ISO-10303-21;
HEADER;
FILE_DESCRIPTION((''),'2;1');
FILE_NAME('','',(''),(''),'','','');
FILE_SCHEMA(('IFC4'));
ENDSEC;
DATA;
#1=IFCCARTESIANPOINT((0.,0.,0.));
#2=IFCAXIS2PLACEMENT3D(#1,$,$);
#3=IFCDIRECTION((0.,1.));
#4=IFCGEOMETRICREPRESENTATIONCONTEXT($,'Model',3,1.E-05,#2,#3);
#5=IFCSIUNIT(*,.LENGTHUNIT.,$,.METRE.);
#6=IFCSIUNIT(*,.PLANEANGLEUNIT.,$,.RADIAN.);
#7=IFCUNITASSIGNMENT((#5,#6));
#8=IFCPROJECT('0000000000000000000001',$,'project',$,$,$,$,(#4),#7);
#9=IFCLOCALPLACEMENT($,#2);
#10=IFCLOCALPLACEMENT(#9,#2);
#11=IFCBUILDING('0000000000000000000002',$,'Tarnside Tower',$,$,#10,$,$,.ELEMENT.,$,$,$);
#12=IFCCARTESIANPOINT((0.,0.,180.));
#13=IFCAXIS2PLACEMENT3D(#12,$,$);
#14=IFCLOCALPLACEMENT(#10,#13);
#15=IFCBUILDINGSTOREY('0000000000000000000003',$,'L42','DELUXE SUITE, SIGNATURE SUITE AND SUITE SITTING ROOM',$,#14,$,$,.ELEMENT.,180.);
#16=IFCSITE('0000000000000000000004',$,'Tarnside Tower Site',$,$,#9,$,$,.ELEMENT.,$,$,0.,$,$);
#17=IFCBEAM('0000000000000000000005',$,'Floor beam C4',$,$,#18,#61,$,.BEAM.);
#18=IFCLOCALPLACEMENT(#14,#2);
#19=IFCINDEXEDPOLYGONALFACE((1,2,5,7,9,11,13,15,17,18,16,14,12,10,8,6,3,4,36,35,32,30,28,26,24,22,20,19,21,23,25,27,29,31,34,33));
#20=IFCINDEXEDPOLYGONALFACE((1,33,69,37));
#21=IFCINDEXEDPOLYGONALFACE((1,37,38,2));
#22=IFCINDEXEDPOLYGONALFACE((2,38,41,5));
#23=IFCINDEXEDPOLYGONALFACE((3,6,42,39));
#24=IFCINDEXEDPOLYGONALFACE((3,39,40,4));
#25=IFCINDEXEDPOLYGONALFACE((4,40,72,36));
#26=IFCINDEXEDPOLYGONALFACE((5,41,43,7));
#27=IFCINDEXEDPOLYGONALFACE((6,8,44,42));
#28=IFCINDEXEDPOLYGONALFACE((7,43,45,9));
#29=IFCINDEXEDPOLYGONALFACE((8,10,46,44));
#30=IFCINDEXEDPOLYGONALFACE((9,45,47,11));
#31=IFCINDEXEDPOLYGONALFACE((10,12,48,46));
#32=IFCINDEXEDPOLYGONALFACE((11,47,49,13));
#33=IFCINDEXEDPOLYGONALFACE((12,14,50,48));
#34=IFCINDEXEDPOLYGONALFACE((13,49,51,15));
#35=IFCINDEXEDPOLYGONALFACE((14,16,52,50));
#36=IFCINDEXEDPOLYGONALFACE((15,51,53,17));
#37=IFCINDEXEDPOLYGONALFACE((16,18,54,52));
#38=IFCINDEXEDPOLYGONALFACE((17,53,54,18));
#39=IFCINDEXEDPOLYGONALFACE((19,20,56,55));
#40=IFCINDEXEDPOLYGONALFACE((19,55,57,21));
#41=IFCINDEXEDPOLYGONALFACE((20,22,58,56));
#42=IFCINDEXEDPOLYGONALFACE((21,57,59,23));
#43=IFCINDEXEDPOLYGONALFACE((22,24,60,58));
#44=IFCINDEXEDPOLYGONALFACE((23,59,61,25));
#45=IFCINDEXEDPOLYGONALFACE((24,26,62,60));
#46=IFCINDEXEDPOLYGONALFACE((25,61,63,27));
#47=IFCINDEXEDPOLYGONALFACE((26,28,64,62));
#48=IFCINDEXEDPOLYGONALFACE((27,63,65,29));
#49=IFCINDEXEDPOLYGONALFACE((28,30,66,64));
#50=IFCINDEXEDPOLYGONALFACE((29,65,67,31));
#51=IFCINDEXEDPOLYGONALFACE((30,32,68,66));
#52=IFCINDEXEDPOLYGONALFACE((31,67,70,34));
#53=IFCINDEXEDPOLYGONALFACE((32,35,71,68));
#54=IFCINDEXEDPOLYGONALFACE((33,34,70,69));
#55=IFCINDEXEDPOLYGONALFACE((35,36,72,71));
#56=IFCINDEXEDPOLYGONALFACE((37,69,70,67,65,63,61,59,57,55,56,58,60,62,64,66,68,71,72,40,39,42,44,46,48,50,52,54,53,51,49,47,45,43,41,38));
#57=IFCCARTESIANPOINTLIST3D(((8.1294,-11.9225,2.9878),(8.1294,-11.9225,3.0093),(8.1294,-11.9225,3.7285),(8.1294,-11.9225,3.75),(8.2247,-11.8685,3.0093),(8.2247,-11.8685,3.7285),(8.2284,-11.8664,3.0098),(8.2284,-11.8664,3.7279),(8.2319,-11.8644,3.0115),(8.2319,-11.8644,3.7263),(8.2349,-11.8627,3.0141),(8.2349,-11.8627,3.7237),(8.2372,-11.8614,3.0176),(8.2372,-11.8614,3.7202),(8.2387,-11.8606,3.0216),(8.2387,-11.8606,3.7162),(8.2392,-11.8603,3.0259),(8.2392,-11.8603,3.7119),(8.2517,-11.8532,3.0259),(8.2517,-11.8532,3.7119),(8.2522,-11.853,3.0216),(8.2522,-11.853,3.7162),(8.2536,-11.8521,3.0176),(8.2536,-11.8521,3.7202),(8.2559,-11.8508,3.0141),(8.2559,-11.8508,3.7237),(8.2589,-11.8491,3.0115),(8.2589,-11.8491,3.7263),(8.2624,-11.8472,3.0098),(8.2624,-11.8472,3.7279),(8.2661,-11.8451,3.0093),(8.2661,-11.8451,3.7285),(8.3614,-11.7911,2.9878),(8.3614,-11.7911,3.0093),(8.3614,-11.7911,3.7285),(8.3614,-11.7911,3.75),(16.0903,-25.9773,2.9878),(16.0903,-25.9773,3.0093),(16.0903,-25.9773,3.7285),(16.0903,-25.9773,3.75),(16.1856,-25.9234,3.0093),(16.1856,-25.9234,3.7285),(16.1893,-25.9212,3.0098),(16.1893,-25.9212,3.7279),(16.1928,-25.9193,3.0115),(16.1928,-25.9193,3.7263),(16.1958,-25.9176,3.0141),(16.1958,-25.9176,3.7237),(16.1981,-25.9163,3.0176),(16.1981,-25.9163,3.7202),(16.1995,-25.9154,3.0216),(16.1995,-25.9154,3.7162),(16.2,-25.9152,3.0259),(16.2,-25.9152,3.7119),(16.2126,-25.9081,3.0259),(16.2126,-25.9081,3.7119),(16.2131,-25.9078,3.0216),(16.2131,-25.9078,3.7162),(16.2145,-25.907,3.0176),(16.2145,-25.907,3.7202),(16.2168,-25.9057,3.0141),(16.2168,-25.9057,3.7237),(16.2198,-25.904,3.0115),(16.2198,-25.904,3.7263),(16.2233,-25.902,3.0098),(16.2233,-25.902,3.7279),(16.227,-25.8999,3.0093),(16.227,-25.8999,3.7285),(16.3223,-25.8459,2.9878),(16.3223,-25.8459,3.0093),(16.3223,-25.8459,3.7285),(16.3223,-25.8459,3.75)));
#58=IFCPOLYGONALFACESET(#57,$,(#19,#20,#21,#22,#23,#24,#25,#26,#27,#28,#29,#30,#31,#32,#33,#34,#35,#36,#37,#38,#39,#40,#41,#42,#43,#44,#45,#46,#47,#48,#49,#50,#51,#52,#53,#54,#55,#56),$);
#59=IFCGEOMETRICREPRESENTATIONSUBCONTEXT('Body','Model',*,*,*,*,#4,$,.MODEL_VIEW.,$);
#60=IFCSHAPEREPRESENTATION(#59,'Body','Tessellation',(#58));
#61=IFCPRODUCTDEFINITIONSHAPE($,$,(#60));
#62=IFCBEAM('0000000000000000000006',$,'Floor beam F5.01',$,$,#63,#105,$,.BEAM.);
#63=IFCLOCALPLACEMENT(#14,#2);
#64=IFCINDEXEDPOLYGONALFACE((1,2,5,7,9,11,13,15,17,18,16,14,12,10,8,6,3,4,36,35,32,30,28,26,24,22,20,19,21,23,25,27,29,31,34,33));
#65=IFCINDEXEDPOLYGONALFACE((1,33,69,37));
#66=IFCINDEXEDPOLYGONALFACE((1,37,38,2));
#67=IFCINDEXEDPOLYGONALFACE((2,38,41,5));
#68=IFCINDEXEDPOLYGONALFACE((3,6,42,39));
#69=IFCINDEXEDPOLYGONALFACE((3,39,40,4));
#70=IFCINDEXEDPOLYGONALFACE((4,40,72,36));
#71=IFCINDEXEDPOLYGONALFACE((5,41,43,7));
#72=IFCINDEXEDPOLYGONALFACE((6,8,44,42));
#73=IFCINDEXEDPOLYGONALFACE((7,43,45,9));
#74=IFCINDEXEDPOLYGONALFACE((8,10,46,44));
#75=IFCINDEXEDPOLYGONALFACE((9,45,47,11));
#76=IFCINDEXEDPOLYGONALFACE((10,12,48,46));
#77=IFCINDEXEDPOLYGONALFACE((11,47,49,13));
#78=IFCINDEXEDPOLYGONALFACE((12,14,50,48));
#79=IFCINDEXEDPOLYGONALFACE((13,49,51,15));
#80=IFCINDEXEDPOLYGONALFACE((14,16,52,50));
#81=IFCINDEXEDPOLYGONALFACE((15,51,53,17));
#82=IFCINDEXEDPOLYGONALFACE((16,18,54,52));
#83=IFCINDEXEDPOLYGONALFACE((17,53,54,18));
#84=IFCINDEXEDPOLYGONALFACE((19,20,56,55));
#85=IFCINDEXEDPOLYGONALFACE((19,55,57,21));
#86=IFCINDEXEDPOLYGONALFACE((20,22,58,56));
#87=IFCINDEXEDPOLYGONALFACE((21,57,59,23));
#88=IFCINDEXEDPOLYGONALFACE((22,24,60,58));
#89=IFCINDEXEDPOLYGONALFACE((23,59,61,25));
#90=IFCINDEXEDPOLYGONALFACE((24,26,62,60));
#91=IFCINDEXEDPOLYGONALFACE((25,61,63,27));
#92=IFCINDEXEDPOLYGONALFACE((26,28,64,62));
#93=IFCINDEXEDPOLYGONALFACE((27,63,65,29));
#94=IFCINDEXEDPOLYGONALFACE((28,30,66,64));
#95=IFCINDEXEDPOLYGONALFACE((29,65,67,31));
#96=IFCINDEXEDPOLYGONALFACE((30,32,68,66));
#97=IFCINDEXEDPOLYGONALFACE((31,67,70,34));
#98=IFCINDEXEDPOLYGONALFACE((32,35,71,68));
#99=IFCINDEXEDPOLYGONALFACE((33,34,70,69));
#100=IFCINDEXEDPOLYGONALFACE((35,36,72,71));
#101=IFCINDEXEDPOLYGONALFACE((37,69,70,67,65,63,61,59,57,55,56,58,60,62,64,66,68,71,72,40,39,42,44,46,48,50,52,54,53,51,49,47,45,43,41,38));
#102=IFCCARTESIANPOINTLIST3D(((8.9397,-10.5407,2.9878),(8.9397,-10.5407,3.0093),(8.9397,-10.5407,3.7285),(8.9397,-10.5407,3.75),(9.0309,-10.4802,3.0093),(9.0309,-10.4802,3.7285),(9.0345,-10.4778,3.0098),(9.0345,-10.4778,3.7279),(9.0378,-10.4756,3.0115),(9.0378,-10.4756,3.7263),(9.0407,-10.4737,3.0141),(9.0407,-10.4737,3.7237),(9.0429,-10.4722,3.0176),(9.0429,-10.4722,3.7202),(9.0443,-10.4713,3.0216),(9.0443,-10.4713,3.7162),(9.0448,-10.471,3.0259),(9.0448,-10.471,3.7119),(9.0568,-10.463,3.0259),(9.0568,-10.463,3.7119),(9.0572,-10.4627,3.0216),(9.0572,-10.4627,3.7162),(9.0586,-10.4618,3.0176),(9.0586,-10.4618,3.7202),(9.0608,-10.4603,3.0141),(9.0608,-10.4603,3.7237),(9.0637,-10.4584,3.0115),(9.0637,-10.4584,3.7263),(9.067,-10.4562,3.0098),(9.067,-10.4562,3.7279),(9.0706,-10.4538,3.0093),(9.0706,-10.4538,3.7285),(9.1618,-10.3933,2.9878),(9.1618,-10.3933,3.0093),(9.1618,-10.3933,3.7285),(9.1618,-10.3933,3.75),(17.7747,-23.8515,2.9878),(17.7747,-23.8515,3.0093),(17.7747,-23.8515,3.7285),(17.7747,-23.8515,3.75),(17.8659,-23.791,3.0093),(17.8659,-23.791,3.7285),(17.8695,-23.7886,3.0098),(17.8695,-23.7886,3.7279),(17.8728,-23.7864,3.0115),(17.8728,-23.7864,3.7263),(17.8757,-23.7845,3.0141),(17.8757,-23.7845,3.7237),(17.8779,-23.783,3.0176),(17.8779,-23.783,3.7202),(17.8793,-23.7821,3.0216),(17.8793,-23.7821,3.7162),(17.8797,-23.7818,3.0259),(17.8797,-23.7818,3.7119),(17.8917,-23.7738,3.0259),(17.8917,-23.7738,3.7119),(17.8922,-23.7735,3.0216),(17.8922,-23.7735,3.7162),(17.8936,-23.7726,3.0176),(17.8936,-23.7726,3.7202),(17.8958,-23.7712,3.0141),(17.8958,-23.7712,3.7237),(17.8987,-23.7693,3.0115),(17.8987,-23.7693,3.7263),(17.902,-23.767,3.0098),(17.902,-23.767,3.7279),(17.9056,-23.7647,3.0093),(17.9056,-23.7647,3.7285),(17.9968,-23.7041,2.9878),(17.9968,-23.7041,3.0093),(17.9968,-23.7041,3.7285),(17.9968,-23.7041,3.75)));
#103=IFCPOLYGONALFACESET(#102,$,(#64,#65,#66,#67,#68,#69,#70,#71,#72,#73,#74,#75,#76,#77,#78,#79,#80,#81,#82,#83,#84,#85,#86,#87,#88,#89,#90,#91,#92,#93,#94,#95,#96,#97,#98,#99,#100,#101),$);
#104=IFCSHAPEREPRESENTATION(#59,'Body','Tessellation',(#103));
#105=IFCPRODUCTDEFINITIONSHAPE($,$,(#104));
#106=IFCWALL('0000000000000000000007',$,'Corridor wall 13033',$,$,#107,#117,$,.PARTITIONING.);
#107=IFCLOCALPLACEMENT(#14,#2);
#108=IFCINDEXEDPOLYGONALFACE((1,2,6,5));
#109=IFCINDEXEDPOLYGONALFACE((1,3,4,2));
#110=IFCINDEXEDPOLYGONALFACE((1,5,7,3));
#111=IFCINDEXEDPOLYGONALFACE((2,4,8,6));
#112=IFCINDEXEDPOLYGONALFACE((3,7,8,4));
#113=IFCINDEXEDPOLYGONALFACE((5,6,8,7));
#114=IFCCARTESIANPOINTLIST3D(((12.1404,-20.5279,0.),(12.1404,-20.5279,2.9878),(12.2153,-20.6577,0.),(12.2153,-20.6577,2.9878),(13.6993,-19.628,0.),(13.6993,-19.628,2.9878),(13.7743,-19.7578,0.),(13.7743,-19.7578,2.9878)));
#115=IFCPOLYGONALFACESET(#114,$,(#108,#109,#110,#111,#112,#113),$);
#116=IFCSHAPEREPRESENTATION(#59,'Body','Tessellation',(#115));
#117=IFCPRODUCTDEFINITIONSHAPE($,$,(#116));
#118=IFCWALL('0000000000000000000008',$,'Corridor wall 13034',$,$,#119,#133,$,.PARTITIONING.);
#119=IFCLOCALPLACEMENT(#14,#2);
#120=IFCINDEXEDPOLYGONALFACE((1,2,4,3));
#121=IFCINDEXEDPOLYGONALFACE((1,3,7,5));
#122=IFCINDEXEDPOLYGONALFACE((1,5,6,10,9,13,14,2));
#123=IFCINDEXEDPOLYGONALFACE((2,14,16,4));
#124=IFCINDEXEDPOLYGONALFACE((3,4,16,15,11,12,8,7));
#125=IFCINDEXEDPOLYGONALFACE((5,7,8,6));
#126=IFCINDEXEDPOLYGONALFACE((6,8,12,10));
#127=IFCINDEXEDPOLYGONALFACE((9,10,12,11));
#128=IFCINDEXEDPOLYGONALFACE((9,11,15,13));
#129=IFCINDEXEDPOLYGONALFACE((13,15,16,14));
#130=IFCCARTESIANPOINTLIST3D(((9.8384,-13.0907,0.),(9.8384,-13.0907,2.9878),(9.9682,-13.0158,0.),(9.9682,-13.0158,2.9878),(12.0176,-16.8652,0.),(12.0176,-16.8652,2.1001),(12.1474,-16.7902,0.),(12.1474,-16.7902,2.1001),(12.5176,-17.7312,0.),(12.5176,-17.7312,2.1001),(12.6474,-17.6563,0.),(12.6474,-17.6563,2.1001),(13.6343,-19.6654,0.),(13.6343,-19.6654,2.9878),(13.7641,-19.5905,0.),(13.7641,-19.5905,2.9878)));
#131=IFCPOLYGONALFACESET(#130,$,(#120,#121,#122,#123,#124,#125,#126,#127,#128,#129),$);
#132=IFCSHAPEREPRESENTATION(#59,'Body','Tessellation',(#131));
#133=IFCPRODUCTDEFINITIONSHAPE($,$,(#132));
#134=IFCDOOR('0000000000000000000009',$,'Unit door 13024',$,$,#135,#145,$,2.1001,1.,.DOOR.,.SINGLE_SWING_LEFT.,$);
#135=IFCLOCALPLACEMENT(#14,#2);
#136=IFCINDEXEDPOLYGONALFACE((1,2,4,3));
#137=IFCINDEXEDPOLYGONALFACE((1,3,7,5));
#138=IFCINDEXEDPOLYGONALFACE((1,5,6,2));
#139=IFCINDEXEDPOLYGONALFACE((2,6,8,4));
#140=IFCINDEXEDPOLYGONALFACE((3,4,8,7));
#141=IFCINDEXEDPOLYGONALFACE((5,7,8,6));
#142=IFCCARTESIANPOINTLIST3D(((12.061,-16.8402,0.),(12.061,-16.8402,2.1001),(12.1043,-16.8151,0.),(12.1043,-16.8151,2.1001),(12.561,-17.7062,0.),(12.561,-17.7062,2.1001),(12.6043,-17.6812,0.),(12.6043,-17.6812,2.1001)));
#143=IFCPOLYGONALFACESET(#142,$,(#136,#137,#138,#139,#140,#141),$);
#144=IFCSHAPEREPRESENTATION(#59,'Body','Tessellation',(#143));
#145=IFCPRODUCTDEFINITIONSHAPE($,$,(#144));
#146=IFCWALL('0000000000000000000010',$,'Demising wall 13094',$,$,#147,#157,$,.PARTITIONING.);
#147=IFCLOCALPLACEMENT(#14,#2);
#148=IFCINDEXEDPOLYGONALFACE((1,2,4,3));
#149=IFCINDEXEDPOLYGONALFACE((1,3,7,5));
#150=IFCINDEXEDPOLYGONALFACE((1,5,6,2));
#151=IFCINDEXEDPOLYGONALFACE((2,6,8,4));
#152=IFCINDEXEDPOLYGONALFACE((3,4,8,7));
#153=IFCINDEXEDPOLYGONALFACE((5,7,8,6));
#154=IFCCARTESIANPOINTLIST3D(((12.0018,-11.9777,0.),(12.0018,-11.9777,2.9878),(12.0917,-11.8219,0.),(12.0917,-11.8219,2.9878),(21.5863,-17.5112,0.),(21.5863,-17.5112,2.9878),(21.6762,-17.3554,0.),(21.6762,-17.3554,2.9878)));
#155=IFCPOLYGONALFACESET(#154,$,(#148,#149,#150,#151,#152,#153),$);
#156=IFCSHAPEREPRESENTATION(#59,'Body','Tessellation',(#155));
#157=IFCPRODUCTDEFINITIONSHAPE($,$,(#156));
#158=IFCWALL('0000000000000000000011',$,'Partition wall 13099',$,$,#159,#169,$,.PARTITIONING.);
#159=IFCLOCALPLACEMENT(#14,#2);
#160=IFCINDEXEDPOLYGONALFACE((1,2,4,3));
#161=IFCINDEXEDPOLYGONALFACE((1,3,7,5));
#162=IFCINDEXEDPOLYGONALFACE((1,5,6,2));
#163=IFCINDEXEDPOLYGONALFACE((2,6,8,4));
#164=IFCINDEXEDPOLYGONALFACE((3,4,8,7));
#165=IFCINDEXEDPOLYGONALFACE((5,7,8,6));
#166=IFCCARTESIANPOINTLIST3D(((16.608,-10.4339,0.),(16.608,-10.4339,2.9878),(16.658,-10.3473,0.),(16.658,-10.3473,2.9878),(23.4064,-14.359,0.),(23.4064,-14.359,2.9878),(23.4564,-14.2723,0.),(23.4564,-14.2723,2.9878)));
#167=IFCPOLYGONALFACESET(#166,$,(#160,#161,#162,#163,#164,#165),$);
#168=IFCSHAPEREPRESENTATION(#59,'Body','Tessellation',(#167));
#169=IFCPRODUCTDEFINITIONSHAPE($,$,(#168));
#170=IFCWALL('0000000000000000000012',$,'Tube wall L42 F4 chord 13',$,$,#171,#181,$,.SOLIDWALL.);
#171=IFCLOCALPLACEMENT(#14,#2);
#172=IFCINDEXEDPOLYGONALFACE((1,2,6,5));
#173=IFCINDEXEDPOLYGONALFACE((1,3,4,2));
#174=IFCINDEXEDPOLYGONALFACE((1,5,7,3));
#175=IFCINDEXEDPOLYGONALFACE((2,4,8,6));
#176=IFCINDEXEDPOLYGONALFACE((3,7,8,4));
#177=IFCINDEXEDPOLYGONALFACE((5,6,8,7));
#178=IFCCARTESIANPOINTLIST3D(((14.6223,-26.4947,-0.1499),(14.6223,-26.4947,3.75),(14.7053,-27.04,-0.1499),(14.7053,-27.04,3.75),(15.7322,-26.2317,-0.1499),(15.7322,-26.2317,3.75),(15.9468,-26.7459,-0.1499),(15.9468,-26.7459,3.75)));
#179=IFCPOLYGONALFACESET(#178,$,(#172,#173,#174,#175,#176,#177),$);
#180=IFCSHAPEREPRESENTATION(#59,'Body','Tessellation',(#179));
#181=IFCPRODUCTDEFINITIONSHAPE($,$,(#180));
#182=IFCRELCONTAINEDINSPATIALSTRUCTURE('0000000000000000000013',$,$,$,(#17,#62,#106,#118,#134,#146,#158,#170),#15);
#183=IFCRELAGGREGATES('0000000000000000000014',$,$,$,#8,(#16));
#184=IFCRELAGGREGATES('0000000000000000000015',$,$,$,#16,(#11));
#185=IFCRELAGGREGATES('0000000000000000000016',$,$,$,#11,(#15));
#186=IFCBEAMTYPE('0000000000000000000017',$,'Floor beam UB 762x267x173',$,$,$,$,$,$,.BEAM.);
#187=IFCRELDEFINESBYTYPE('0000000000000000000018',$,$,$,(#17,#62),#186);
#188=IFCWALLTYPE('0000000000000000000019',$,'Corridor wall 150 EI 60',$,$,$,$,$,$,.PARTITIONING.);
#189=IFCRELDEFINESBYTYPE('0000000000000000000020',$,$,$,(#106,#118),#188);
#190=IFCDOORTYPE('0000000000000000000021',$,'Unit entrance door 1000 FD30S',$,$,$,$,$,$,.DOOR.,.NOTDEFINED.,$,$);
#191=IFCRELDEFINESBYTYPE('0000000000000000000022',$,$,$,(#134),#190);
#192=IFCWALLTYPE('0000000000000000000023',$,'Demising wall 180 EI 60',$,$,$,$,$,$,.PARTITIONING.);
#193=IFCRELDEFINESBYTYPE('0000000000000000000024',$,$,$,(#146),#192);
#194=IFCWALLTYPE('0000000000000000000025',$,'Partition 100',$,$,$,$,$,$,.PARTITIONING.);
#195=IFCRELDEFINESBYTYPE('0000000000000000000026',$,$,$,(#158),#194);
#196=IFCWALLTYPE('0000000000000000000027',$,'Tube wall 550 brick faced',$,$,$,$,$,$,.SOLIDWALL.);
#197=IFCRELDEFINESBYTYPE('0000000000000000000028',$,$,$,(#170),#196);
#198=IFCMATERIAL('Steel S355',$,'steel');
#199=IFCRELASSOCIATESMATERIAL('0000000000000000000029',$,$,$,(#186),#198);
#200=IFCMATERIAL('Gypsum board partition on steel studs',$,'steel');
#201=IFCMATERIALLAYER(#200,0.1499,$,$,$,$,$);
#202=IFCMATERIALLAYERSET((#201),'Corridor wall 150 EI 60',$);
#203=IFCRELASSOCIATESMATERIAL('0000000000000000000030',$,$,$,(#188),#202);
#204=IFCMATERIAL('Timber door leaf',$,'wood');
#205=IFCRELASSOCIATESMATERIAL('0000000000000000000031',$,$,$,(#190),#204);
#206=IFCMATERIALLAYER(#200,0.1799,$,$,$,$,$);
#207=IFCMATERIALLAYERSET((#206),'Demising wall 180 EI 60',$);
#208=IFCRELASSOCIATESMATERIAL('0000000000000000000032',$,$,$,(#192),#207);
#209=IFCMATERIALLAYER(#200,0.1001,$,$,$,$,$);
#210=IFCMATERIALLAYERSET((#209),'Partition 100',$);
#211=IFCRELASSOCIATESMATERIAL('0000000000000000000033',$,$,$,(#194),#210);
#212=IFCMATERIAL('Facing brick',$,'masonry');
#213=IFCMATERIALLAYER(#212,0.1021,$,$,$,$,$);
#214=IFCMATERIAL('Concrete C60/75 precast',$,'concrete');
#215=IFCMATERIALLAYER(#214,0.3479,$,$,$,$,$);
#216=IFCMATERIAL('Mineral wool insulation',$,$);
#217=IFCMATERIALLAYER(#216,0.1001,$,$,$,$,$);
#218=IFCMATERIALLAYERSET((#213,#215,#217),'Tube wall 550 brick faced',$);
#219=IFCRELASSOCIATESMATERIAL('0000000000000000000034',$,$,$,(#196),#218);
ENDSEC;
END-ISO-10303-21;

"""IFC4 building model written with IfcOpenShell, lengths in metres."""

from ifc_helpers import new_model, si_unit, direction, frame, frame_2d, origin, origin_2d, place, context, subcontext, project, spatial, polyline, rectangle, i_section, outline, extrude, material, layer, layer_set, material_profile, profile_set, type_object, element, fill, save


model = new_model("IFC4")

# Units and contexts
model_context = context("Model", 3, precision=1e-05, world=origin(), true_north=direction((0.0, 1.0)))
body_context = subcontext(model_context, "Body", "Model", "MODEL_VIEW")
ifc_project = project(units=[si_unit("LENGTHUNIT", "METRE"), si_unit("PLANEANGLEUNIT", "RADIAN")], contexts=[model_context])

# Site, building, storey
site_placement = place(None, origin())
site = spatial("IfcSite", under=ifc_project, at=site_placement, Name="Tarnside Tower Site", CompositionType="ELEMENT", RefElevation=0.0)
building_placement = place(site_placement, origin())
building = spatial("IfcBuilding", under=site, at=building_placement, Name="Tarnside Tower", CompositionType="ELEMENT")
storey_placement = place(building_placement, frame((0.0, 0.0, 180.0)))
storey = spatial("IfcBuildingStorey", under=building, at=storey_placement, Name="L42", Description="DELUXE SUITE, SIGNATURE SUITE AND SUITE SITTING ROOM", CompositionType="ELEMENT", Elevation=180.0)

# Beams
ifc_material_1 = material(Name="Steel S355", Category="steel")
ifc_material_profile_1 = material_profile(ifc_material_1, i_section(OverallWidth=0.2666, OverallDepth=0.7622, WebThickness=0.0144, FlangeThickness=0.0215, FilletRadius=0.0166, at=origin_2d()), Name="UB 762x267x173")
ifc_profile_set_1 = profile_set([ifc_material_profile_1], Name="Steel S355")
beam_type_1 = type_object("IfcBeamType", Name="Floor beam UB 762x267x173", PredefinedType="BEAM", material=ifc_profile_set_1)
beam_1_placement = place(storey_placement, frame((16.2063, -25.9116, 3.3689), z_axis=(-0.492847, 0.870116, 0.0), x_axis=(-0.870116, -0.492847, 0.0)))
element("IfcBeam", 1, at=beam_1_placement, inside=storey, type_object=beam_type_1, Name="Floor beam C4", PredefinedType="BEAM", context=body_context, shape_type="SweptSolid", body=[
    extrude(i_section(OverallWidth=0.2666, OverallDepth=0.7622, WebThickness=0.0144, FlangeThickness=0.0215, FilletRadius=0.0166, at=origin_2d()), origin(), (0.0, 0.0, 1.0), 16.1528),
])
beam_2_placement = place(storey_placement, frame((17.8857, -23.7778, 3.3689), z_axis=(-0.553013, 0.833172, 0.0), x_axis=(-0.833172, -0.553013, 0.0)))
element("IfcBeam", 2, at=beam_2_placement, inside=storey, type_object=beam_type_1, Name="Floor beam F5.01", PredefinedType="BEAM", context=body_context, shape_type="SweptSolid", body=[
    extrude(i_section(OverallWidth=0.2666, OverallDepth=0.7622, WebThickness=0.0144, FlangeThickness=0.0215, FilletRadius=0.0166, at=origin_2d()), origin(), (0.0, 0.0, 1.0), 15.9761),
])

# Wall
ifc_material_2 = material(Name="Gypsum board partition on steel studs", Category="steel")
ifc_layer_1 = layer(ifc_material_2, 0.1499)
ifc_layer_set_1 = layer_set([ifc_layer_1], Name="Corridor wall 150 EI 60")
wall_type_1 = type_object("IfcWallType", Name="Corridor wall 150 EI 60", PredefinedType="PARTITIONING", material=ifc_layer_set_1)
wall_1_placement = place(storey_placement, frame((12.178, -20.5928, 0.0), z_axis=(0.0, 0.0, 1.0), x_axis=(0.866048, 0.499961, 0.0)))
element("IfcWall", 3, at=wall_1_placement, inside=storey, type_object=wall_type_1, Name="Corridor wall 13033", PredefinedType="PARTITIONING", context=body_context, shape_type="SweptSolid", body=[
    extrude(rectangle(XDim=1.8, YDim=0.1499, at=frame_2d((0.8999, 0.0))), origin(), (0.0, 0.0, 1.0), 2.9878),
])

# Wall, opening, door
wall_2_placement = place(storey_placement, frame((13.6992, -19.6279, 0.0), z_axis=(0.0, 0.0, 1.0), x_axis=(-0.499999, 0.866026, 0.0)))
wall_2 = element("IfcWall", 4, at=wall_2_placement, inside=storey, type_object=wall_type_1, Name="Corridor wall 13034", PredefinedType="PARTITIONING", context=body_context, shape_type="SweptSolid", body=[
    extrude(rectangle(XDim=7.5918, YDim=0.1499, at=frame_2d((3.7959, 0.0))), origin(), (0.0, 0.0, 1.0), 2.9878),
])
opening_1_placement = place(wall_2_placement, frame((2.2334, 0.0, 0.0)))
opening_1 = element("IfcOpeningElement", 5, at=opening_1_placement, cuts=wall_2, PredefinedType="OPENING", context=body_context, shape_type="SweptSolid", body=[
    extrude(rectangle(XDim=1.0, YDim=2.1001, at=frame_2d((0.5, 1.05))), frame((0.0, 0.085, 0.0), z_axis=(0.0, -1.0, 0.0), x_axis=(1.0, 0.0, 0.0)), (0.0, 0.0, 1.0), 0.1699),
])
ifc_material_3 = material(Name="Timber door leaf", Category="wood")
door_type = type_object("IfcDoorType", Name="Unit entrance door 1000 FD30S", OperationType="NOTDEFINED", PredefinedType="DOOR", material=ifc_material_3)
door_placement = place(opening_1_placement, origin())
door = element("IfcDoor", 6, at=door_placement, inside=storey, type_object=door_type, Name="Unit door 13024", OperationType="SINGLE_SWING_LEFT", OverallHeight=2.1001, OverallWidth=1.0, PredefinedType="DOOR", context=body_context, shape_type="SweptSolid", body=[
    extrude(rectangle(XDim=1.0, YDim=2.1001, at=frame_2d((0.5, 1.05))), frame((0.0, 0.0249, 0.0), z_axis=(0.0, -1.0, 0.0), x_axis=(1.0, 0.0, 0.0)), (0.0, 0.0, 1.0), 0.05),
])
fill(opening_1, door)

# Walls
ifc_layer_2 = layer(ifc_material_2, 0.1799)
ifc_layer_set_2 = layer_set([ifc_layer_2], Name="Demising wall 180 EI 60")
wall_type_2 = type_object("IfcWallType", Name="Demising wall 180 EI 60", PredefinedType="PARTITIONING", material=ifc_layer_set_2)
wall_3_placement = place(storey_placement, frame((21.6313, -17.4333, 0.0), z_axis=(0.0, 0.0, 1.0), x_axis=(-0.866031, 0.49999, 0.0)))
element("IfcWall", 7, at=wall_3_placement, inside=storey, type_object=wall_type_2, Name="Demising wall 13094", PredefinedType="PARTITIONING", context=body_context, shape_type="SweptSolid", body=[
    extrude(rectangle(XDim=11.0671, YDim=0.1799, at=frame_2d((5.5337, 0.0))), origin(), (0.0, 0.0, 1.0), 2.9878),
])
ifc_layer_3 = layer(ifc_material_2, 0.1001)
ifc_layer_set_3 = layer_set([ifc_layer_3], Name="Partition 100")
wall_type_3 = type_object("IfcWallType", Name="Partition 100", PredefinedType="PARTITIONING", material=ifc_layer_set_3)
wall_4_placement = place(storey_placement, frame((23.4314, -14.3157, 0.0), z_axis=(0.0, 0.0, 1.0), x_axis=(-0.866024, 0.500002, 0.0)))
element("IfcWall", 8, at=wall_4_placement, inside=storey, type_object=wall_type_3, Name="Partition wall 13099", PredefinedType="PARTITIONING", context=body_context, shape_type="SweptSolid", body=[
    extrude(rectangle(XDim=7.8501, YDim=0.1001, at=frame_2d((3.925, 0.0))), origin(), (0.0, 0.0, 1.0), 2.9878),
])
ifc_material_4 = material(Name="Facing brick", Category="masonry")
ifc_layer_4 = layer(ifc_material_4, 0.1021)
ifc_material_5 = material(Name="Concrete C60/75 precast", Category="concrete")
ifc_layer_5 = layer(ifc_material_5, 0.3479)
ifc_material_6 = material(Name="Mineral wool insulation")
ifc_layer_6 = layer(ifc_material_6, 0.1001)
ifc_layer_set_4 = layer_set([ifc_layer_4, ifc_layer_5, ifc_layer_6], Name="Tube wall 550 brick faced")
wall_type_4 = type_object("IfcWallType", Name="Tube wall 550 brick faced", PredefinedType="SOLIDWALL", material=ifc_layer_set_4)
wall_5_placement = place(storey_placement, frame((14.6638, -26.7673, -0.1499), z_axis=(0.0, 0.0, 1.0), x_axis=(0.973064, 0.230537, 0.0)))
element("IfcWall", 9, at=wall_5_placement, inside=storey, type_object=wall_type_4, Name="Tube wall L42 F4 chord 13", PredefinedType="SOLIDWALL", context=body_context, shape_type="SweptSolid", body=[
    extrude(outline(polyline([(-0.0225, -0.2749), (1.2534, -0.2749), (1.1631, 0.2749), (0.0225, 0.2749), (-0.0225, -0.2749)])), origin(), (0.0, 0.0, 1.0), 3.8999),
])

save(model, "model.ifc")
